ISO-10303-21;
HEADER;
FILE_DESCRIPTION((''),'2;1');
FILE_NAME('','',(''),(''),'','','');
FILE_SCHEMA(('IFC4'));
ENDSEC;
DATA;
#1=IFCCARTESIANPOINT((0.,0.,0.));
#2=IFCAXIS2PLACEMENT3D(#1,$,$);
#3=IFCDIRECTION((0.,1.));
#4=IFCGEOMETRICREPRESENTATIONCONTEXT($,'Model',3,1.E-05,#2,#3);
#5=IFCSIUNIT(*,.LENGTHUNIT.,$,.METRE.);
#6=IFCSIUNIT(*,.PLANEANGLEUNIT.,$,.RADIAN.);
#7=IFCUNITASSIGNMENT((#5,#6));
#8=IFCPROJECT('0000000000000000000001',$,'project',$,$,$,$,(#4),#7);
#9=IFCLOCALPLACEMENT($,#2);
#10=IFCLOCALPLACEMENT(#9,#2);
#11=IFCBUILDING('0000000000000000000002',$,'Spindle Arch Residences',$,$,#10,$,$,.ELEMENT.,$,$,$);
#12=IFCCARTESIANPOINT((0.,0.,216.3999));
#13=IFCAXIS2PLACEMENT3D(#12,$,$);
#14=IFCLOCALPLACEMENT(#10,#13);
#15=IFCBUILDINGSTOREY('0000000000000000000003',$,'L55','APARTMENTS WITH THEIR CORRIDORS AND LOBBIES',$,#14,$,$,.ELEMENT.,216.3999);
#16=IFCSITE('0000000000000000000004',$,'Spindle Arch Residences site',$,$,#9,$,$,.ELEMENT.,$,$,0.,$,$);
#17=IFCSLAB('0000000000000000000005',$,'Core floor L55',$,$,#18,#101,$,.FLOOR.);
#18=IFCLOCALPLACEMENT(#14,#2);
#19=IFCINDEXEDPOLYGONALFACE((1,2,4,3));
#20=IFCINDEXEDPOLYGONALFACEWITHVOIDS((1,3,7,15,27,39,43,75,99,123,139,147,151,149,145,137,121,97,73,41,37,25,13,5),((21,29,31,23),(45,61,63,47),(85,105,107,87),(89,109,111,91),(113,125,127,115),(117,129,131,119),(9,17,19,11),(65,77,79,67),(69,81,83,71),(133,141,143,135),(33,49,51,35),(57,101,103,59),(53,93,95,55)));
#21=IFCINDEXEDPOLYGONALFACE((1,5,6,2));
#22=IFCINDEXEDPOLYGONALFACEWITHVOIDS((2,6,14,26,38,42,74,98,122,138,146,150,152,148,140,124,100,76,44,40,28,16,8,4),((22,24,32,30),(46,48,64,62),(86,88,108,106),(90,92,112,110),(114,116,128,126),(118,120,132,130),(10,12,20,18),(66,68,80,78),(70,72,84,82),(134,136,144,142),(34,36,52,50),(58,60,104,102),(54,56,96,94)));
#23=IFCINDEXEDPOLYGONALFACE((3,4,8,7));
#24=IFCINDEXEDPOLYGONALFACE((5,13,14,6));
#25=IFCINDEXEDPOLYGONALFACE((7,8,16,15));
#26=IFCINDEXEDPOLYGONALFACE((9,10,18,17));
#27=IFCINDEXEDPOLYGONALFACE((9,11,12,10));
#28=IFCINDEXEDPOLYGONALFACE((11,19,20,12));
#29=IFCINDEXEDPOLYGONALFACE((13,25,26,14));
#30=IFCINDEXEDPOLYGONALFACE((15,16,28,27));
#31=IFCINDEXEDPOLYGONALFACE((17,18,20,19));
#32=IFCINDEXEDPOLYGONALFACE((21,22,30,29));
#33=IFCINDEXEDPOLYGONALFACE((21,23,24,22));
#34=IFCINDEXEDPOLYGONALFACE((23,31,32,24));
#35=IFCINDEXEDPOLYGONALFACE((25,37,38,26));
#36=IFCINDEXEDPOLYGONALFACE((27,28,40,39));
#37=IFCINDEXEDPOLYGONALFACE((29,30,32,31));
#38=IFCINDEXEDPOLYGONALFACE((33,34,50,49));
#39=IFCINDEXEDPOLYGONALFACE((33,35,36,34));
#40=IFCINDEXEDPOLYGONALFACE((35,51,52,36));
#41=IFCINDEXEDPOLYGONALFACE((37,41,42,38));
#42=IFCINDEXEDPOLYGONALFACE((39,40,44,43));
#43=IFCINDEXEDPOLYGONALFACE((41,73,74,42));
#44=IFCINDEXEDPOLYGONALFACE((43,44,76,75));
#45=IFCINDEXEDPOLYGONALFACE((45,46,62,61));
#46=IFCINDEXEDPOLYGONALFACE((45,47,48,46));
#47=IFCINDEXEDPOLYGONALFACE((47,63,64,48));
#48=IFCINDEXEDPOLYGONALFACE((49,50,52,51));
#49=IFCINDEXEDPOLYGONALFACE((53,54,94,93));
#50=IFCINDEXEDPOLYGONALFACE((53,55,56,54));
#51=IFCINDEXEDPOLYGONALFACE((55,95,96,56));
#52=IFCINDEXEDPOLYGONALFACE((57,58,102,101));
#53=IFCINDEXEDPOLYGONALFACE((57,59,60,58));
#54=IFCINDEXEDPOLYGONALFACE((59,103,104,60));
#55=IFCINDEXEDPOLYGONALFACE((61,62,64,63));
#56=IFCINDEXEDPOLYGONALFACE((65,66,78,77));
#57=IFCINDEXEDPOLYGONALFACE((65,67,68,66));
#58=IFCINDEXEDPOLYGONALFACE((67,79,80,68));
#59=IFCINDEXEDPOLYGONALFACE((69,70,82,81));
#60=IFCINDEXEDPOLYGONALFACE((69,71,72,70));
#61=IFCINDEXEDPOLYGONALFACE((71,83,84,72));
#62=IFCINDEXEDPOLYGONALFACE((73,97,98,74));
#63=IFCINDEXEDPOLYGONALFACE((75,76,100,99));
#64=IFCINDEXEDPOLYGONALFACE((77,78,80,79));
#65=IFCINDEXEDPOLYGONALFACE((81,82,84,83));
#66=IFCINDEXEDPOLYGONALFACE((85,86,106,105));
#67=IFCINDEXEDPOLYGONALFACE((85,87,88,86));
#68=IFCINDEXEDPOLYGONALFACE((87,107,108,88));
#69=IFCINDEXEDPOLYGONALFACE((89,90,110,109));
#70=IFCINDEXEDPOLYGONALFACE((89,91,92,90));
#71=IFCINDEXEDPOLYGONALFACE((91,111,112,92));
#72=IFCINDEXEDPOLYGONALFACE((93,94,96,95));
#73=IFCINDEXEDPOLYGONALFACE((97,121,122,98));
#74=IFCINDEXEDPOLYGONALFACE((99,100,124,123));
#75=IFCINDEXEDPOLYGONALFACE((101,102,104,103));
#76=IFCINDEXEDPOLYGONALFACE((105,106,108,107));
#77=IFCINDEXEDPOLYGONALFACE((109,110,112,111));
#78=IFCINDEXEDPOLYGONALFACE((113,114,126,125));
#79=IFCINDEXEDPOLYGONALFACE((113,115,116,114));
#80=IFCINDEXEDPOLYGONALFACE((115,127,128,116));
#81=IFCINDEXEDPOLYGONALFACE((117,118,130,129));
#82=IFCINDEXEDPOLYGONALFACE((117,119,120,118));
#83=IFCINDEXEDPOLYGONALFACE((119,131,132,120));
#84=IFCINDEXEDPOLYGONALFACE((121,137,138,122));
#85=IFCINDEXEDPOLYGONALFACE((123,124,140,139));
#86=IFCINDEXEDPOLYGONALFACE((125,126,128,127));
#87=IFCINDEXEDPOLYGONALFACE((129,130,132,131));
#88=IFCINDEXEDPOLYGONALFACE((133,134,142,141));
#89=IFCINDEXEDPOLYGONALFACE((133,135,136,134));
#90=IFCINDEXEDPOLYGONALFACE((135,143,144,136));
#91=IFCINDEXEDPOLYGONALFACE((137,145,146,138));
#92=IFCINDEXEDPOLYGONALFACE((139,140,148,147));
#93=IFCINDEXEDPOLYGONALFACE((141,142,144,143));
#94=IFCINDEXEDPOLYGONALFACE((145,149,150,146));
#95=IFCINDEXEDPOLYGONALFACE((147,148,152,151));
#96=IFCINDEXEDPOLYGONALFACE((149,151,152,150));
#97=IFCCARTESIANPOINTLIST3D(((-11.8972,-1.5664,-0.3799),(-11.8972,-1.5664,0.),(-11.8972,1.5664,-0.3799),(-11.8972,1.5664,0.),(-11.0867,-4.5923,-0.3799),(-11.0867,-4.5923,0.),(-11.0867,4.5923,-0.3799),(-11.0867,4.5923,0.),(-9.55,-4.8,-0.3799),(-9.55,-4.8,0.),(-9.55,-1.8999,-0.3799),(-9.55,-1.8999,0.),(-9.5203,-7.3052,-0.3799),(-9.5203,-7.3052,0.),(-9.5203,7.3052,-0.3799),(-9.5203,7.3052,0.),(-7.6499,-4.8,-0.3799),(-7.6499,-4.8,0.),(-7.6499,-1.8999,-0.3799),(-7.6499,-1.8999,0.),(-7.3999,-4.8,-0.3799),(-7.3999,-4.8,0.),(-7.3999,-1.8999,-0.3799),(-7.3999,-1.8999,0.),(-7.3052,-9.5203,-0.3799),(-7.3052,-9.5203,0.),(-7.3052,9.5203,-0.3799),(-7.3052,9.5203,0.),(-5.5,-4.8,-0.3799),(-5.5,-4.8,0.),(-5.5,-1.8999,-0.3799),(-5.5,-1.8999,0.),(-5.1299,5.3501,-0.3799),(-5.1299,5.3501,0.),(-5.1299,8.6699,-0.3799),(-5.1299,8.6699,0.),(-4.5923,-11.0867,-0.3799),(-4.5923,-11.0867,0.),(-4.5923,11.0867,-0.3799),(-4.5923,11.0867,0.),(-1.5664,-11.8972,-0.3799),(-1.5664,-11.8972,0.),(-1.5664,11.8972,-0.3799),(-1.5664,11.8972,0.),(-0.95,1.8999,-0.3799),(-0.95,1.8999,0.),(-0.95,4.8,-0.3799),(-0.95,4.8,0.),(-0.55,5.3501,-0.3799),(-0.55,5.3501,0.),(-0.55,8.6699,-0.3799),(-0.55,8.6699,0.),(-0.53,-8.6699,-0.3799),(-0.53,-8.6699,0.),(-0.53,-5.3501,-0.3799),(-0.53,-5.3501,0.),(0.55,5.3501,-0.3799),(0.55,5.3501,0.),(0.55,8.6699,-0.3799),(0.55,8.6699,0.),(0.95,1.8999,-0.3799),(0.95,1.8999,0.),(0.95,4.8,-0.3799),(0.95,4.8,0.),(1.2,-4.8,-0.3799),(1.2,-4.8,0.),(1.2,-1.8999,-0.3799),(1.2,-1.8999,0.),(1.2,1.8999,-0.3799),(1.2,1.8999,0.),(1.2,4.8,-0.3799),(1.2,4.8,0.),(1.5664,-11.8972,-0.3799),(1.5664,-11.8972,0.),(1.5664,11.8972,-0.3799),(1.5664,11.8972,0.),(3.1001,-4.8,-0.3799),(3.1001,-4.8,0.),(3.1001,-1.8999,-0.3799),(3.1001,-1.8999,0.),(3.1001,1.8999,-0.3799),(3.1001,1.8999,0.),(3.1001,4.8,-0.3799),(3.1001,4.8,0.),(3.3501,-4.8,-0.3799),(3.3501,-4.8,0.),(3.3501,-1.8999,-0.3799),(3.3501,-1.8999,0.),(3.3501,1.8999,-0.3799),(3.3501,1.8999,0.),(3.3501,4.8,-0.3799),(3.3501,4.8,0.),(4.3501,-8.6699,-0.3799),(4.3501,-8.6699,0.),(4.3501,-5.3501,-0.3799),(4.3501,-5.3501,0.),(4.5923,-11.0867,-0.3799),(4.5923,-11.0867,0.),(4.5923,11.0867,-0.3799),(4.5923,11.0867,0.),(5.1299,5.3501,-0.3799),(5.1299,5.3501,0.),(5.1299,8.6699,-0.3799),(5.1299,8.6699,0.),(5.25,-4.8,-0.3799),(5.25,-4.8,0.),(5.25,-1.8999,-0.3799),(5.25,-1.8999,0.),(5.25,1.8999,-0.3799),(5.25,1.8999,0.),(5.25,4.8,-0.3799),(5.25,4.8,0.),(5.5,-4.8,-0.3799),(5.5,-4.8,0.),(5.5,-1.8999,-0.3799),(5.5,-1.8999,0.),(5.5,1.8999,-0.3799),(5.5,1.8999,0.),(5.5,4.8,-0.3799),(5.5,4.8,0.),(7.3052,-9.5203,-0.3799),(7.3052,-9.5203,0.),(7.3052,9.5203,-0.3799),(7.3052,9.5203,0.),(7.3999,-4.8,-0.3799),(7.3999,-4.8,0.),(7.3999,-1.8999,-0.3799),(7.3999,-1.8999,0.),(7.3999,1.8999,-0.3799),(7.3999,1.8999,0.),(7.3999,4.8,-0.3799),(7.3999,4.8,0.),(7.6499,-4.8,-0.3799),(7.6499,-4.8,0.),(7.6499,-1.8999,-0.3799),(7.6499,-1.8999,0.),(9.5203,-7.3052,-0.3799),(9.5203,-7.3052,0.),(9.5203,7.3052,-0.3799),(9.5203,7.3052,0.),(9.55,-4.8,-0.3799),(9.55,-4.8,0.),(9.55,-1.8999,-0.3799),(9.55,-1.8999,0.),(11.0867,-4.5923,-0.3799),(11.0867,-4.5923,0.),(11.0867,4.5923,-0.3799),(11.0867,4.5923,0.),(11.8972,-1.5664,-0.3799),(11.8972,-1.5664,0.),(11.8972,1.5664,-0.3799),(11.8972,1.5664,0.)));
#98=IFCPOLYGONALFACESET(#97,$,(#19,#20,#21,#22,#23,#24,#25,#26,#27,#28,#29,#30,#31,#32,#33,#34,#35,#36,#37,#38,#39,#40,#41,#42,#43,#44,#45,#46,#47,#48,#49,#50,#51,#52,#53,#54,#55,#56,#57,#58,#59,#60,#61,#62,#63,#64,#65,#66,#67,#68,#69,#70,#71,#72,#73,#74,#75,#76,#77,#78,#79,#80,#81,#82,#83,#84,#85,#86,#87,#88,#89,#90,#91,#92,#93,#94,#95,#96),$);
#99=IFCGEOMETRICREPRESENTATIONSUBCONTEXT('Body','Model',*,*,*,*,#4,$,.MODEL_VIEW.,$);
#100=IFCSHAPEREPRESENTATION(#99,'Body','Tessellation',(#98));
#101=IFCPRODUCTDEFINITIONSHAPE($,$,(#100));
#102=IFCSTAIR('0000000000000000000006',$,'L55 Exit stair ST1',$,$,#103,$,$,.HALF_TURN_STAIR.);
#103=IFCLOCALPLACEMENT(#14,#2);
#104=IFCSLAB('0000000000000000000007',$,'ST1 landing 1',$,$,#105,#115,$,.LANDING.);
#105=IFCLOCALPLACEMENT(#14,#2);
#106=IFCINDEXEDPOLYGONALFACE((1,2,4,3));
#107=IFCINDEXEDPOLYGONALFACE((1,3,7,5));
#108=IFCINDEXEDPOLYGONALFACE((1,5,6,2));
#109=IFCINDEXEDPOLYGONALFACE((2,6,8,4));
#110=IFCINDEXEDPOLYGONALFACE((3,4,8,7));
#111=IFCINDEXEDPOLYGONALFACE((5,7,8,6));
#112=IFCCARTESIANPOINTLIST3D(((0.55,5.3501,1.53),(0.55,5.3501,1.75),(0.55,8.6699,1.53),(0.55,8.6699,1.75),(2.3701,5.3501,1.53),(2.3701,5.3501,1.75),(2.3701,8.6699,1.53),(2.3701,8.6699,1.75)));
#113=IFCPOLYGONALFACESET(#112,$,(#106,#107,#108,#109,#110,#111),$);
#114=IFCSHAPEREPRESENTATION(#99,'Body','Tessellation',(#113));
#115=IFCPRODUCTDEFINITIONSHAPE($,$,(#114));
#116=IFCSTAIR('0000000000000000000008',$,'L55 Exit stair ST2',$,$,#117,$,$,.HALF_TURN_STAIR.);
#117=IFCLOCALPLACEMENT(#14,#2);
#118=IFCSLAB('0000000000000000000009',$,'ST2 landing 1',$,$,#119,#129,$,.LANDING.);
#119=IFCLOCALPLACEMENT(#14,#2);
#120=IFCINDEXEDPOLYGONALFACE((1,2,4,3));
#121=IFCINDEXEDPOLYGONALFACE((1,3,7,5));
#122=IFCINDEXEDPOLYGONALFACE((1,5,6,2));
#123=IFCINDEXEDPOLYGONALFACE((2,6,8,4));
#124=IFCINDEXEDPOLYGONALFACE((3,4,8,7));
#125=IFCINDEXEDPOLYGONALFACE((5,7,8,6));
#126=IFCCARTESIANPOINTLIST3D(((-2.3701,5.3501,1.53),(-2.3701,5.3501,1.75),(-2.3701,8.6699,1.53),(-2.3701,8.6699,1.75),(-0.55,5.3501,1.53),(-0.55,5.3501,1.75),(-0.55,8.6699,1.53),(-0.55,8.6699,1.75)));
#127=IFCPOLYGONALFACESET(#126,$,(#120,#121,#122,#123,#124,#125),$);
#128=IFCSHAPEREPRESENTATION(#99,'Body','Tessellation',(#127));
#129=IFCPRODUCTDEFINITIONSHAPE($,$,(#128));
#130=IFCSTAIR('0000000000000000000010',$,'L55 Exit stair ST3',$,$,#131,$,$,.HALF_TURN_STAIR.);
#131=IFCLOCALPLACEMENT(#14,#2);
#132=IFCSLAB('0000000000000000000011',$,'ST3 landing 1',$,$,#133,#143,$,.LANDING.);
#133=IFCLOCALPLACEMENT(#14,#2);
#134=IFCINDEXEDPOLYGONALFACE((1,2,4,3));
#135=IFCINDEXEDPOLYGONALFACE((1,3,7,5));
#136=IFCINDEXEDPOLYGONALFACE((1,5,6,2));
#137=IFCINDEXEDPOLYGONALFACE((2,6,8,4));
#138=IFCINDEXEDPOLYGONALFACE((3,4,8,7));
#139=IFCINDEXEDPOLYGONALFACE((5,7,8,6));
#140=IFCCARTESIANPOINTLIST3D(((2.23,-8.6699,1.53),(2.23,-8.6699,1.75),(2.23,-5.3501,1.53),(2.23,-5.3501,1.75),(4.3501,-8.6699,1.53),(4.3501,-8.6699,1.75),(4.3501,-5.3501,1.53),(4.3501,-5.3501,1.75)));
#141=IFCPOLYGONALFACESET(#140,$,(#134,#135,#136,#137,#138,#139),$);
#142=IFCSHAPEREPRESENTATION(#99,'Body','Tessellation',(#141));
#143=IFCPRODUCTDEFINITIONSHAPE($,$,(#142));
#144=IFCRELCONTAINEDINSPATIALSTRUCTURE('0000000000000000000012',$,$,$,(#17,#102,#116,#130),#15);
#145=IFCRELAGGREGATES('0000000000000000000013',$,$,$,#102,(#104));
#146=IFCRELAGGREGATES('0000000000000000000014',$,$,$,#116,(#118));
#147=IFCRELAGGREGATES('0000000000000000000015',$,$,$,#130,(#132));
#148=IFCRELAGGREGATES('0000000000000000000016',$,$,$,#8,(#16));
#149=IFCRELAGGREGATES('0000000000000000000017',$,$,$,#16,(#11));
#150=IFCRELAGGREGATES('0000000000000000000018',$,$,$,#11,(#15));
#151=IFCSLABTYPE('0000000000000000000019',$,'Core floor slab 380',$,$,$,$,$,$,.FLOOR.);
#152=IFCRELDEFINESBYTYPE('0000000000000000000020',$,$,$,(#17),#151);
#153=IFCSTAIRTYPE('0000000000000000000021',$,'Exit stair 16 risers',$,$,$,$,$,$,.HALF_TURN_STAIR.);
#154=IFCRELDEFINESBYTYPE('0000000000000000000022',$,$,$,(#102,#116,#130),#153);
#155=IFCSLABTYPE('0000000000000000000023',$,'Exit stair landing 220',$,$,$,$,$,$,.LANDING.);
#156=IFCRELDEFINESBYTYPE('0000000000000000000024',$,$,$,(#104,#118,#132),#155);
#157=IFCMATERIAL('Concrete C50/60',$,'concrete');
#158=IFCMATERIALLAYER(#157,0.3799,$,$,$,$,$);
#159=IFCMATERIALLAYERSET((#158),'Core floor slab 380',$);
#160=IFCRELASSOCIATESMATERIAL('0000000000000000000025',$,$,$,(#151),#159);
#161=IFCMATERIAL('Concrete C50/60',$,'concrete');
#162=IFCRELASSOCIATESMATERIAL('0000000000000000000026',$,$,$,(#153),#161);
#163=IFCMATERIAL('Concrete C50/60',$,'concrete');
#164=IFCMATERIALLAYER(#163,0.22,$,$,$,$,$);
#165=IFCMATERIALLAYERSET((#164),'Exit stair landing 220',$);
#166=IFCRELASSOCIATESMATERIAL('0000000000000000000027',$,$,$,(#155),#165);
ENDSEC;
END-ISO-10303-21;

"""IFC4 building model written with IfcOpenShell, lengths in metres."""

from ifc_helpers import new_model, si_unit, direction, frame, origin, place, context, subcontext, project, spatial, polyline, outline, extrude, material, layer, layer_set, type_object, element, aggregate, save


model = new_model("IFC4")

# Units and contexts
model_context = context("Model", 3, precision=1e-05, world=origin(), true_north=direction((0.0, 1.0)))
body_context = subcontext(model_context, "Body", "Model", "MODEL_VIEW")
ifc_project = project(units=[si_unit("LENGTHUNIT", "METRE"), si_unit("PLANEANGLEUNIT", "RADIAN")], contexts=[model_context])

# Site, building, storey
site_placement = place(None, origin())
site = spatial("IfcSite", under=ifc_project, at=site_placement, Name="Spindle Arch Residences site", CompositionType="ELEMENT", RefElevation=0.0)
building_placement = place(site_placement, origin())
building = spatial("IfcBuilding", under=site, at=building_placement, Name="Spindle Arch Residences", CompositionType="ELEMENT")
storey_placement = place(building_placement, frame((0.0, 0.0, 216.3999)))
storey = spatial("IfcBuildingStorey", under=building, at=storey_placement, Name="L55", Description="APARTMENTS WITH THEIR CORRIDORS AND LOBBIES", CompositionType="ELEMENT", Elevation=216.3999)

# Slab
ifc_material_1 = material(Name="Concrete C50/60", Category="concrete")
ifc_layer_1 = layer(ifc_material_1, 0.3799)
ifc_layer_set_1 = layer_set([ifc_layer_1], Name="Core floor slab 380")
slab_type_1 = type_object("IfcSlabType", Name="Core floor slab 380", PredefinedType="FLOOR", material=ifc_layer_set_1)
slab_1_placement = place(storey_placement, frame((0.0, 0.0, -0.3799)))
element("IfcSlab", 1, at=slab_1_placement, inside=storey, type_object=slab_type_1, Name="Core floor L55", PredefinedType="FLOOR", context=body_context, shape_type="SweptSolid", body=[
    extrude(outline(polyline([(1.5664, -11.8972), (4.5923, -11.0867), (7.3052, -9.5203), (9.5203, -7.3052), (11.0867, -4.5923), (11.8972, -1.5664), (11.8972, 1.5664), (11.0867, 4.5923), (9.5203, 7.3052), (7.3052, 9.5203), (4.5923, 11.0867), (1.5664, 11.8972), (-1.5664, 11.8972), (-4.5923, 11.0867), (-7.3052, 9.5203), (-9.5203, 7.3052), (-11.0867, 4.5923), (-11.8972, 1.5664), (-11.8972, -1.5664), (-11.0867, -4.5923), (-9.5203, -7.3052), (-7.3052, -9.5203), (-4.5923, -11.0867), (-1.5664, -11.8972), (1.5664, -11.8972)]), holes=[polyline([(-0.95, 1.8999), (0.95, 1.8999), (0.95, 4.8), (-0.95, 4.8), (-0.95, 1.8999)]), polyline([(1.2, 1.8999), (3.1001, 1.8999), (3.1001, 4.8), (1.2, 4.8), (1.2, 1.8999)]), polyline([(3.3501, 1.8999), (5.25, 1.8999), (5.25, 4.8), (3.3501, 4.8), (3.3501, 1.8999)]), polyline([(5.5, 1.8999), (7.3999, 1.8999), (7.3999, 4.8), (5.5, 4.8), (5.5, 1.8999)]), polyline([(-9.55, -4.8), (-7.6499, -4.8), (-7.6499, -1.8999), (-9.55, -1.8999), (-9.55, -4.8)]), polyline([(-7.3999, -4.8), (-5.5, -4.8), (-5.5, -1.8999), (-7.3999, -1.8999), (-7.3999, -4.8)]), polyline([(1.2, -4.8), (3.1001, -4.8), (3.1001, -1.8999), (1.2, -1.8999), (1.2, -4.8)]), polyline([(3.3501, -4.8), (5.25, -4.8), (5.25, -1.8999), (3.3501, -1.8999), (3.3501, -4.8)]), polyline([(5.5, -4.8), (7.3999, -4.8), (7.3999, -1.8999), (5.5, -1.8999), (5.5, -4.8)]), polyline([(7.6499, -4.8), (9.55, -4.8), (9.55, -1.8999), (7.6499, -1.8999), (7.6499, -4.8)]), polyline([(5.1299, 8.6699), (0.55, 8.6699), (0.55, 5.3501), (5.1299, 5.3501), (5.1299, 8.6699)]), polyline([(-5.1299, 5.3501), (-0.55, 5.3501), (-0.55, 8.6699), (-5.1299, 8.6699), (-5.1299, 5.3501)]), polyline([(-0.53, -8.6699), (4.3501, -8.6699), (4.3501, -5.3501), (-0.53, -5.3501), (-0.53, -8.6699)])]), origin(), (0.0, 0.0, 1.0), 0.3799),
])

# Stairs, slabs
ifc_material_2 = material(Name="Concrete C50/60", Category="concrete")
stair_type = type_object("IfcStairType", Name="Exit stair 16 risers", PredefinedType="HALF_TURN_STAIR", material=ifc_material_2)
stair_1_placement = place(storey_placement, origin())
stair_1 = element("IfcStair", 2, at=stair_1_placement, inside=storey, type_object=stair_type, Name="L55 Exit stair ST1", PredefinedType="HALF_TURN_STAIR")
ifc_material_3 = material(Name="Concrete C50/60", Category="concrete")
ifc_layer_2 = layer(ifc_material_3, 0.22)
ifc_layer_set_2 = layer_set([ifc_layer_2], Name="Exit stair landing 220")
slab_type_2 = type_object("IfcSlabType", Name="Exit stair landing 220", PredefinedType="LANDING", material=ifc_layer_set_2)
slab_2_placement = place(storey_placement, frame((0.0, 0.0, 1.53)))
slab_2 = element("IfcSlab", 3, at=slab_2_placement, type_object=slab_type_2, Name="ST1 landing 1", PredefinedType="LANDING", context=body_context, shape_type="SweptSolid", body=[
    extrude(outline(polyline([(2.3701, 8.6699), (0.55, 8.6699), (0.55, 5.3501), (2.3701, 5.3501), (2.3701, 8.6699)])), origin(), (0.0, 0.0, 1.0), 0.22),
])
aggregate(stair_1, [slab_2])
stair_2_placement = place(storey_placement, origin())
stair_2 = element("IfcStair", 4, at=stair_2_placement, inside=storey, type_object=stair_type, Name="L55 Exit stair ST2", PredefinedType="HALF_TURN_STAIR")
slab_3_placement = place(storey_placement, frame((0.0, 0.0, 1.53)))
slab_3 = element("IfcSlab", 5, at=slab_3_placement, type_object=slab_type_2, Name="ST2 landing 1", PredefinedType="LANDING", context=body_context, shape_type="SweptSolid", body=[
    extrude(outline(polyline([(-2.3701, 5.3501), (-0.55, 5.3501), (-0.55, 8.6699), (-2.3701, 8.6699), (-2.3701, 5.3501)])), origin(), (0.0, 0.0, 1.0), 0.22),
])
aggregate(stair_2, [slab_3])
stair_3_placement = place(storey_placement, origin())
stair_3 = element("IfcStair", 6, at=stair_3_placement, inside=storey, type_object=stair_type, Name="L55 Exit stair ST3", PredefinedType="HALF_TURN_STAIR")
slab_4_placement = place(storey_placement, frame((0.0, 0.0, 1.53)))
slab_4 = element("IfcSlab", 7, at=slab_4_placement, type_object=slab_type_2, Name="ST3 landing 1", PredefinedType="LANDING", context=body_context, shape_type="SweptSolid", body=[
    extrude(outline(polyline([(2.23, -8.6699), (4.3501, -8.6699), (4.3501, -5.3501), (2.23, -5.3501), (2.23, -8.6699)])), origin(), (0.0, 0.0, 1.0), 0.22),
])

aggregate(stair_3, [slab_4])

save(model, "model.ifc")
